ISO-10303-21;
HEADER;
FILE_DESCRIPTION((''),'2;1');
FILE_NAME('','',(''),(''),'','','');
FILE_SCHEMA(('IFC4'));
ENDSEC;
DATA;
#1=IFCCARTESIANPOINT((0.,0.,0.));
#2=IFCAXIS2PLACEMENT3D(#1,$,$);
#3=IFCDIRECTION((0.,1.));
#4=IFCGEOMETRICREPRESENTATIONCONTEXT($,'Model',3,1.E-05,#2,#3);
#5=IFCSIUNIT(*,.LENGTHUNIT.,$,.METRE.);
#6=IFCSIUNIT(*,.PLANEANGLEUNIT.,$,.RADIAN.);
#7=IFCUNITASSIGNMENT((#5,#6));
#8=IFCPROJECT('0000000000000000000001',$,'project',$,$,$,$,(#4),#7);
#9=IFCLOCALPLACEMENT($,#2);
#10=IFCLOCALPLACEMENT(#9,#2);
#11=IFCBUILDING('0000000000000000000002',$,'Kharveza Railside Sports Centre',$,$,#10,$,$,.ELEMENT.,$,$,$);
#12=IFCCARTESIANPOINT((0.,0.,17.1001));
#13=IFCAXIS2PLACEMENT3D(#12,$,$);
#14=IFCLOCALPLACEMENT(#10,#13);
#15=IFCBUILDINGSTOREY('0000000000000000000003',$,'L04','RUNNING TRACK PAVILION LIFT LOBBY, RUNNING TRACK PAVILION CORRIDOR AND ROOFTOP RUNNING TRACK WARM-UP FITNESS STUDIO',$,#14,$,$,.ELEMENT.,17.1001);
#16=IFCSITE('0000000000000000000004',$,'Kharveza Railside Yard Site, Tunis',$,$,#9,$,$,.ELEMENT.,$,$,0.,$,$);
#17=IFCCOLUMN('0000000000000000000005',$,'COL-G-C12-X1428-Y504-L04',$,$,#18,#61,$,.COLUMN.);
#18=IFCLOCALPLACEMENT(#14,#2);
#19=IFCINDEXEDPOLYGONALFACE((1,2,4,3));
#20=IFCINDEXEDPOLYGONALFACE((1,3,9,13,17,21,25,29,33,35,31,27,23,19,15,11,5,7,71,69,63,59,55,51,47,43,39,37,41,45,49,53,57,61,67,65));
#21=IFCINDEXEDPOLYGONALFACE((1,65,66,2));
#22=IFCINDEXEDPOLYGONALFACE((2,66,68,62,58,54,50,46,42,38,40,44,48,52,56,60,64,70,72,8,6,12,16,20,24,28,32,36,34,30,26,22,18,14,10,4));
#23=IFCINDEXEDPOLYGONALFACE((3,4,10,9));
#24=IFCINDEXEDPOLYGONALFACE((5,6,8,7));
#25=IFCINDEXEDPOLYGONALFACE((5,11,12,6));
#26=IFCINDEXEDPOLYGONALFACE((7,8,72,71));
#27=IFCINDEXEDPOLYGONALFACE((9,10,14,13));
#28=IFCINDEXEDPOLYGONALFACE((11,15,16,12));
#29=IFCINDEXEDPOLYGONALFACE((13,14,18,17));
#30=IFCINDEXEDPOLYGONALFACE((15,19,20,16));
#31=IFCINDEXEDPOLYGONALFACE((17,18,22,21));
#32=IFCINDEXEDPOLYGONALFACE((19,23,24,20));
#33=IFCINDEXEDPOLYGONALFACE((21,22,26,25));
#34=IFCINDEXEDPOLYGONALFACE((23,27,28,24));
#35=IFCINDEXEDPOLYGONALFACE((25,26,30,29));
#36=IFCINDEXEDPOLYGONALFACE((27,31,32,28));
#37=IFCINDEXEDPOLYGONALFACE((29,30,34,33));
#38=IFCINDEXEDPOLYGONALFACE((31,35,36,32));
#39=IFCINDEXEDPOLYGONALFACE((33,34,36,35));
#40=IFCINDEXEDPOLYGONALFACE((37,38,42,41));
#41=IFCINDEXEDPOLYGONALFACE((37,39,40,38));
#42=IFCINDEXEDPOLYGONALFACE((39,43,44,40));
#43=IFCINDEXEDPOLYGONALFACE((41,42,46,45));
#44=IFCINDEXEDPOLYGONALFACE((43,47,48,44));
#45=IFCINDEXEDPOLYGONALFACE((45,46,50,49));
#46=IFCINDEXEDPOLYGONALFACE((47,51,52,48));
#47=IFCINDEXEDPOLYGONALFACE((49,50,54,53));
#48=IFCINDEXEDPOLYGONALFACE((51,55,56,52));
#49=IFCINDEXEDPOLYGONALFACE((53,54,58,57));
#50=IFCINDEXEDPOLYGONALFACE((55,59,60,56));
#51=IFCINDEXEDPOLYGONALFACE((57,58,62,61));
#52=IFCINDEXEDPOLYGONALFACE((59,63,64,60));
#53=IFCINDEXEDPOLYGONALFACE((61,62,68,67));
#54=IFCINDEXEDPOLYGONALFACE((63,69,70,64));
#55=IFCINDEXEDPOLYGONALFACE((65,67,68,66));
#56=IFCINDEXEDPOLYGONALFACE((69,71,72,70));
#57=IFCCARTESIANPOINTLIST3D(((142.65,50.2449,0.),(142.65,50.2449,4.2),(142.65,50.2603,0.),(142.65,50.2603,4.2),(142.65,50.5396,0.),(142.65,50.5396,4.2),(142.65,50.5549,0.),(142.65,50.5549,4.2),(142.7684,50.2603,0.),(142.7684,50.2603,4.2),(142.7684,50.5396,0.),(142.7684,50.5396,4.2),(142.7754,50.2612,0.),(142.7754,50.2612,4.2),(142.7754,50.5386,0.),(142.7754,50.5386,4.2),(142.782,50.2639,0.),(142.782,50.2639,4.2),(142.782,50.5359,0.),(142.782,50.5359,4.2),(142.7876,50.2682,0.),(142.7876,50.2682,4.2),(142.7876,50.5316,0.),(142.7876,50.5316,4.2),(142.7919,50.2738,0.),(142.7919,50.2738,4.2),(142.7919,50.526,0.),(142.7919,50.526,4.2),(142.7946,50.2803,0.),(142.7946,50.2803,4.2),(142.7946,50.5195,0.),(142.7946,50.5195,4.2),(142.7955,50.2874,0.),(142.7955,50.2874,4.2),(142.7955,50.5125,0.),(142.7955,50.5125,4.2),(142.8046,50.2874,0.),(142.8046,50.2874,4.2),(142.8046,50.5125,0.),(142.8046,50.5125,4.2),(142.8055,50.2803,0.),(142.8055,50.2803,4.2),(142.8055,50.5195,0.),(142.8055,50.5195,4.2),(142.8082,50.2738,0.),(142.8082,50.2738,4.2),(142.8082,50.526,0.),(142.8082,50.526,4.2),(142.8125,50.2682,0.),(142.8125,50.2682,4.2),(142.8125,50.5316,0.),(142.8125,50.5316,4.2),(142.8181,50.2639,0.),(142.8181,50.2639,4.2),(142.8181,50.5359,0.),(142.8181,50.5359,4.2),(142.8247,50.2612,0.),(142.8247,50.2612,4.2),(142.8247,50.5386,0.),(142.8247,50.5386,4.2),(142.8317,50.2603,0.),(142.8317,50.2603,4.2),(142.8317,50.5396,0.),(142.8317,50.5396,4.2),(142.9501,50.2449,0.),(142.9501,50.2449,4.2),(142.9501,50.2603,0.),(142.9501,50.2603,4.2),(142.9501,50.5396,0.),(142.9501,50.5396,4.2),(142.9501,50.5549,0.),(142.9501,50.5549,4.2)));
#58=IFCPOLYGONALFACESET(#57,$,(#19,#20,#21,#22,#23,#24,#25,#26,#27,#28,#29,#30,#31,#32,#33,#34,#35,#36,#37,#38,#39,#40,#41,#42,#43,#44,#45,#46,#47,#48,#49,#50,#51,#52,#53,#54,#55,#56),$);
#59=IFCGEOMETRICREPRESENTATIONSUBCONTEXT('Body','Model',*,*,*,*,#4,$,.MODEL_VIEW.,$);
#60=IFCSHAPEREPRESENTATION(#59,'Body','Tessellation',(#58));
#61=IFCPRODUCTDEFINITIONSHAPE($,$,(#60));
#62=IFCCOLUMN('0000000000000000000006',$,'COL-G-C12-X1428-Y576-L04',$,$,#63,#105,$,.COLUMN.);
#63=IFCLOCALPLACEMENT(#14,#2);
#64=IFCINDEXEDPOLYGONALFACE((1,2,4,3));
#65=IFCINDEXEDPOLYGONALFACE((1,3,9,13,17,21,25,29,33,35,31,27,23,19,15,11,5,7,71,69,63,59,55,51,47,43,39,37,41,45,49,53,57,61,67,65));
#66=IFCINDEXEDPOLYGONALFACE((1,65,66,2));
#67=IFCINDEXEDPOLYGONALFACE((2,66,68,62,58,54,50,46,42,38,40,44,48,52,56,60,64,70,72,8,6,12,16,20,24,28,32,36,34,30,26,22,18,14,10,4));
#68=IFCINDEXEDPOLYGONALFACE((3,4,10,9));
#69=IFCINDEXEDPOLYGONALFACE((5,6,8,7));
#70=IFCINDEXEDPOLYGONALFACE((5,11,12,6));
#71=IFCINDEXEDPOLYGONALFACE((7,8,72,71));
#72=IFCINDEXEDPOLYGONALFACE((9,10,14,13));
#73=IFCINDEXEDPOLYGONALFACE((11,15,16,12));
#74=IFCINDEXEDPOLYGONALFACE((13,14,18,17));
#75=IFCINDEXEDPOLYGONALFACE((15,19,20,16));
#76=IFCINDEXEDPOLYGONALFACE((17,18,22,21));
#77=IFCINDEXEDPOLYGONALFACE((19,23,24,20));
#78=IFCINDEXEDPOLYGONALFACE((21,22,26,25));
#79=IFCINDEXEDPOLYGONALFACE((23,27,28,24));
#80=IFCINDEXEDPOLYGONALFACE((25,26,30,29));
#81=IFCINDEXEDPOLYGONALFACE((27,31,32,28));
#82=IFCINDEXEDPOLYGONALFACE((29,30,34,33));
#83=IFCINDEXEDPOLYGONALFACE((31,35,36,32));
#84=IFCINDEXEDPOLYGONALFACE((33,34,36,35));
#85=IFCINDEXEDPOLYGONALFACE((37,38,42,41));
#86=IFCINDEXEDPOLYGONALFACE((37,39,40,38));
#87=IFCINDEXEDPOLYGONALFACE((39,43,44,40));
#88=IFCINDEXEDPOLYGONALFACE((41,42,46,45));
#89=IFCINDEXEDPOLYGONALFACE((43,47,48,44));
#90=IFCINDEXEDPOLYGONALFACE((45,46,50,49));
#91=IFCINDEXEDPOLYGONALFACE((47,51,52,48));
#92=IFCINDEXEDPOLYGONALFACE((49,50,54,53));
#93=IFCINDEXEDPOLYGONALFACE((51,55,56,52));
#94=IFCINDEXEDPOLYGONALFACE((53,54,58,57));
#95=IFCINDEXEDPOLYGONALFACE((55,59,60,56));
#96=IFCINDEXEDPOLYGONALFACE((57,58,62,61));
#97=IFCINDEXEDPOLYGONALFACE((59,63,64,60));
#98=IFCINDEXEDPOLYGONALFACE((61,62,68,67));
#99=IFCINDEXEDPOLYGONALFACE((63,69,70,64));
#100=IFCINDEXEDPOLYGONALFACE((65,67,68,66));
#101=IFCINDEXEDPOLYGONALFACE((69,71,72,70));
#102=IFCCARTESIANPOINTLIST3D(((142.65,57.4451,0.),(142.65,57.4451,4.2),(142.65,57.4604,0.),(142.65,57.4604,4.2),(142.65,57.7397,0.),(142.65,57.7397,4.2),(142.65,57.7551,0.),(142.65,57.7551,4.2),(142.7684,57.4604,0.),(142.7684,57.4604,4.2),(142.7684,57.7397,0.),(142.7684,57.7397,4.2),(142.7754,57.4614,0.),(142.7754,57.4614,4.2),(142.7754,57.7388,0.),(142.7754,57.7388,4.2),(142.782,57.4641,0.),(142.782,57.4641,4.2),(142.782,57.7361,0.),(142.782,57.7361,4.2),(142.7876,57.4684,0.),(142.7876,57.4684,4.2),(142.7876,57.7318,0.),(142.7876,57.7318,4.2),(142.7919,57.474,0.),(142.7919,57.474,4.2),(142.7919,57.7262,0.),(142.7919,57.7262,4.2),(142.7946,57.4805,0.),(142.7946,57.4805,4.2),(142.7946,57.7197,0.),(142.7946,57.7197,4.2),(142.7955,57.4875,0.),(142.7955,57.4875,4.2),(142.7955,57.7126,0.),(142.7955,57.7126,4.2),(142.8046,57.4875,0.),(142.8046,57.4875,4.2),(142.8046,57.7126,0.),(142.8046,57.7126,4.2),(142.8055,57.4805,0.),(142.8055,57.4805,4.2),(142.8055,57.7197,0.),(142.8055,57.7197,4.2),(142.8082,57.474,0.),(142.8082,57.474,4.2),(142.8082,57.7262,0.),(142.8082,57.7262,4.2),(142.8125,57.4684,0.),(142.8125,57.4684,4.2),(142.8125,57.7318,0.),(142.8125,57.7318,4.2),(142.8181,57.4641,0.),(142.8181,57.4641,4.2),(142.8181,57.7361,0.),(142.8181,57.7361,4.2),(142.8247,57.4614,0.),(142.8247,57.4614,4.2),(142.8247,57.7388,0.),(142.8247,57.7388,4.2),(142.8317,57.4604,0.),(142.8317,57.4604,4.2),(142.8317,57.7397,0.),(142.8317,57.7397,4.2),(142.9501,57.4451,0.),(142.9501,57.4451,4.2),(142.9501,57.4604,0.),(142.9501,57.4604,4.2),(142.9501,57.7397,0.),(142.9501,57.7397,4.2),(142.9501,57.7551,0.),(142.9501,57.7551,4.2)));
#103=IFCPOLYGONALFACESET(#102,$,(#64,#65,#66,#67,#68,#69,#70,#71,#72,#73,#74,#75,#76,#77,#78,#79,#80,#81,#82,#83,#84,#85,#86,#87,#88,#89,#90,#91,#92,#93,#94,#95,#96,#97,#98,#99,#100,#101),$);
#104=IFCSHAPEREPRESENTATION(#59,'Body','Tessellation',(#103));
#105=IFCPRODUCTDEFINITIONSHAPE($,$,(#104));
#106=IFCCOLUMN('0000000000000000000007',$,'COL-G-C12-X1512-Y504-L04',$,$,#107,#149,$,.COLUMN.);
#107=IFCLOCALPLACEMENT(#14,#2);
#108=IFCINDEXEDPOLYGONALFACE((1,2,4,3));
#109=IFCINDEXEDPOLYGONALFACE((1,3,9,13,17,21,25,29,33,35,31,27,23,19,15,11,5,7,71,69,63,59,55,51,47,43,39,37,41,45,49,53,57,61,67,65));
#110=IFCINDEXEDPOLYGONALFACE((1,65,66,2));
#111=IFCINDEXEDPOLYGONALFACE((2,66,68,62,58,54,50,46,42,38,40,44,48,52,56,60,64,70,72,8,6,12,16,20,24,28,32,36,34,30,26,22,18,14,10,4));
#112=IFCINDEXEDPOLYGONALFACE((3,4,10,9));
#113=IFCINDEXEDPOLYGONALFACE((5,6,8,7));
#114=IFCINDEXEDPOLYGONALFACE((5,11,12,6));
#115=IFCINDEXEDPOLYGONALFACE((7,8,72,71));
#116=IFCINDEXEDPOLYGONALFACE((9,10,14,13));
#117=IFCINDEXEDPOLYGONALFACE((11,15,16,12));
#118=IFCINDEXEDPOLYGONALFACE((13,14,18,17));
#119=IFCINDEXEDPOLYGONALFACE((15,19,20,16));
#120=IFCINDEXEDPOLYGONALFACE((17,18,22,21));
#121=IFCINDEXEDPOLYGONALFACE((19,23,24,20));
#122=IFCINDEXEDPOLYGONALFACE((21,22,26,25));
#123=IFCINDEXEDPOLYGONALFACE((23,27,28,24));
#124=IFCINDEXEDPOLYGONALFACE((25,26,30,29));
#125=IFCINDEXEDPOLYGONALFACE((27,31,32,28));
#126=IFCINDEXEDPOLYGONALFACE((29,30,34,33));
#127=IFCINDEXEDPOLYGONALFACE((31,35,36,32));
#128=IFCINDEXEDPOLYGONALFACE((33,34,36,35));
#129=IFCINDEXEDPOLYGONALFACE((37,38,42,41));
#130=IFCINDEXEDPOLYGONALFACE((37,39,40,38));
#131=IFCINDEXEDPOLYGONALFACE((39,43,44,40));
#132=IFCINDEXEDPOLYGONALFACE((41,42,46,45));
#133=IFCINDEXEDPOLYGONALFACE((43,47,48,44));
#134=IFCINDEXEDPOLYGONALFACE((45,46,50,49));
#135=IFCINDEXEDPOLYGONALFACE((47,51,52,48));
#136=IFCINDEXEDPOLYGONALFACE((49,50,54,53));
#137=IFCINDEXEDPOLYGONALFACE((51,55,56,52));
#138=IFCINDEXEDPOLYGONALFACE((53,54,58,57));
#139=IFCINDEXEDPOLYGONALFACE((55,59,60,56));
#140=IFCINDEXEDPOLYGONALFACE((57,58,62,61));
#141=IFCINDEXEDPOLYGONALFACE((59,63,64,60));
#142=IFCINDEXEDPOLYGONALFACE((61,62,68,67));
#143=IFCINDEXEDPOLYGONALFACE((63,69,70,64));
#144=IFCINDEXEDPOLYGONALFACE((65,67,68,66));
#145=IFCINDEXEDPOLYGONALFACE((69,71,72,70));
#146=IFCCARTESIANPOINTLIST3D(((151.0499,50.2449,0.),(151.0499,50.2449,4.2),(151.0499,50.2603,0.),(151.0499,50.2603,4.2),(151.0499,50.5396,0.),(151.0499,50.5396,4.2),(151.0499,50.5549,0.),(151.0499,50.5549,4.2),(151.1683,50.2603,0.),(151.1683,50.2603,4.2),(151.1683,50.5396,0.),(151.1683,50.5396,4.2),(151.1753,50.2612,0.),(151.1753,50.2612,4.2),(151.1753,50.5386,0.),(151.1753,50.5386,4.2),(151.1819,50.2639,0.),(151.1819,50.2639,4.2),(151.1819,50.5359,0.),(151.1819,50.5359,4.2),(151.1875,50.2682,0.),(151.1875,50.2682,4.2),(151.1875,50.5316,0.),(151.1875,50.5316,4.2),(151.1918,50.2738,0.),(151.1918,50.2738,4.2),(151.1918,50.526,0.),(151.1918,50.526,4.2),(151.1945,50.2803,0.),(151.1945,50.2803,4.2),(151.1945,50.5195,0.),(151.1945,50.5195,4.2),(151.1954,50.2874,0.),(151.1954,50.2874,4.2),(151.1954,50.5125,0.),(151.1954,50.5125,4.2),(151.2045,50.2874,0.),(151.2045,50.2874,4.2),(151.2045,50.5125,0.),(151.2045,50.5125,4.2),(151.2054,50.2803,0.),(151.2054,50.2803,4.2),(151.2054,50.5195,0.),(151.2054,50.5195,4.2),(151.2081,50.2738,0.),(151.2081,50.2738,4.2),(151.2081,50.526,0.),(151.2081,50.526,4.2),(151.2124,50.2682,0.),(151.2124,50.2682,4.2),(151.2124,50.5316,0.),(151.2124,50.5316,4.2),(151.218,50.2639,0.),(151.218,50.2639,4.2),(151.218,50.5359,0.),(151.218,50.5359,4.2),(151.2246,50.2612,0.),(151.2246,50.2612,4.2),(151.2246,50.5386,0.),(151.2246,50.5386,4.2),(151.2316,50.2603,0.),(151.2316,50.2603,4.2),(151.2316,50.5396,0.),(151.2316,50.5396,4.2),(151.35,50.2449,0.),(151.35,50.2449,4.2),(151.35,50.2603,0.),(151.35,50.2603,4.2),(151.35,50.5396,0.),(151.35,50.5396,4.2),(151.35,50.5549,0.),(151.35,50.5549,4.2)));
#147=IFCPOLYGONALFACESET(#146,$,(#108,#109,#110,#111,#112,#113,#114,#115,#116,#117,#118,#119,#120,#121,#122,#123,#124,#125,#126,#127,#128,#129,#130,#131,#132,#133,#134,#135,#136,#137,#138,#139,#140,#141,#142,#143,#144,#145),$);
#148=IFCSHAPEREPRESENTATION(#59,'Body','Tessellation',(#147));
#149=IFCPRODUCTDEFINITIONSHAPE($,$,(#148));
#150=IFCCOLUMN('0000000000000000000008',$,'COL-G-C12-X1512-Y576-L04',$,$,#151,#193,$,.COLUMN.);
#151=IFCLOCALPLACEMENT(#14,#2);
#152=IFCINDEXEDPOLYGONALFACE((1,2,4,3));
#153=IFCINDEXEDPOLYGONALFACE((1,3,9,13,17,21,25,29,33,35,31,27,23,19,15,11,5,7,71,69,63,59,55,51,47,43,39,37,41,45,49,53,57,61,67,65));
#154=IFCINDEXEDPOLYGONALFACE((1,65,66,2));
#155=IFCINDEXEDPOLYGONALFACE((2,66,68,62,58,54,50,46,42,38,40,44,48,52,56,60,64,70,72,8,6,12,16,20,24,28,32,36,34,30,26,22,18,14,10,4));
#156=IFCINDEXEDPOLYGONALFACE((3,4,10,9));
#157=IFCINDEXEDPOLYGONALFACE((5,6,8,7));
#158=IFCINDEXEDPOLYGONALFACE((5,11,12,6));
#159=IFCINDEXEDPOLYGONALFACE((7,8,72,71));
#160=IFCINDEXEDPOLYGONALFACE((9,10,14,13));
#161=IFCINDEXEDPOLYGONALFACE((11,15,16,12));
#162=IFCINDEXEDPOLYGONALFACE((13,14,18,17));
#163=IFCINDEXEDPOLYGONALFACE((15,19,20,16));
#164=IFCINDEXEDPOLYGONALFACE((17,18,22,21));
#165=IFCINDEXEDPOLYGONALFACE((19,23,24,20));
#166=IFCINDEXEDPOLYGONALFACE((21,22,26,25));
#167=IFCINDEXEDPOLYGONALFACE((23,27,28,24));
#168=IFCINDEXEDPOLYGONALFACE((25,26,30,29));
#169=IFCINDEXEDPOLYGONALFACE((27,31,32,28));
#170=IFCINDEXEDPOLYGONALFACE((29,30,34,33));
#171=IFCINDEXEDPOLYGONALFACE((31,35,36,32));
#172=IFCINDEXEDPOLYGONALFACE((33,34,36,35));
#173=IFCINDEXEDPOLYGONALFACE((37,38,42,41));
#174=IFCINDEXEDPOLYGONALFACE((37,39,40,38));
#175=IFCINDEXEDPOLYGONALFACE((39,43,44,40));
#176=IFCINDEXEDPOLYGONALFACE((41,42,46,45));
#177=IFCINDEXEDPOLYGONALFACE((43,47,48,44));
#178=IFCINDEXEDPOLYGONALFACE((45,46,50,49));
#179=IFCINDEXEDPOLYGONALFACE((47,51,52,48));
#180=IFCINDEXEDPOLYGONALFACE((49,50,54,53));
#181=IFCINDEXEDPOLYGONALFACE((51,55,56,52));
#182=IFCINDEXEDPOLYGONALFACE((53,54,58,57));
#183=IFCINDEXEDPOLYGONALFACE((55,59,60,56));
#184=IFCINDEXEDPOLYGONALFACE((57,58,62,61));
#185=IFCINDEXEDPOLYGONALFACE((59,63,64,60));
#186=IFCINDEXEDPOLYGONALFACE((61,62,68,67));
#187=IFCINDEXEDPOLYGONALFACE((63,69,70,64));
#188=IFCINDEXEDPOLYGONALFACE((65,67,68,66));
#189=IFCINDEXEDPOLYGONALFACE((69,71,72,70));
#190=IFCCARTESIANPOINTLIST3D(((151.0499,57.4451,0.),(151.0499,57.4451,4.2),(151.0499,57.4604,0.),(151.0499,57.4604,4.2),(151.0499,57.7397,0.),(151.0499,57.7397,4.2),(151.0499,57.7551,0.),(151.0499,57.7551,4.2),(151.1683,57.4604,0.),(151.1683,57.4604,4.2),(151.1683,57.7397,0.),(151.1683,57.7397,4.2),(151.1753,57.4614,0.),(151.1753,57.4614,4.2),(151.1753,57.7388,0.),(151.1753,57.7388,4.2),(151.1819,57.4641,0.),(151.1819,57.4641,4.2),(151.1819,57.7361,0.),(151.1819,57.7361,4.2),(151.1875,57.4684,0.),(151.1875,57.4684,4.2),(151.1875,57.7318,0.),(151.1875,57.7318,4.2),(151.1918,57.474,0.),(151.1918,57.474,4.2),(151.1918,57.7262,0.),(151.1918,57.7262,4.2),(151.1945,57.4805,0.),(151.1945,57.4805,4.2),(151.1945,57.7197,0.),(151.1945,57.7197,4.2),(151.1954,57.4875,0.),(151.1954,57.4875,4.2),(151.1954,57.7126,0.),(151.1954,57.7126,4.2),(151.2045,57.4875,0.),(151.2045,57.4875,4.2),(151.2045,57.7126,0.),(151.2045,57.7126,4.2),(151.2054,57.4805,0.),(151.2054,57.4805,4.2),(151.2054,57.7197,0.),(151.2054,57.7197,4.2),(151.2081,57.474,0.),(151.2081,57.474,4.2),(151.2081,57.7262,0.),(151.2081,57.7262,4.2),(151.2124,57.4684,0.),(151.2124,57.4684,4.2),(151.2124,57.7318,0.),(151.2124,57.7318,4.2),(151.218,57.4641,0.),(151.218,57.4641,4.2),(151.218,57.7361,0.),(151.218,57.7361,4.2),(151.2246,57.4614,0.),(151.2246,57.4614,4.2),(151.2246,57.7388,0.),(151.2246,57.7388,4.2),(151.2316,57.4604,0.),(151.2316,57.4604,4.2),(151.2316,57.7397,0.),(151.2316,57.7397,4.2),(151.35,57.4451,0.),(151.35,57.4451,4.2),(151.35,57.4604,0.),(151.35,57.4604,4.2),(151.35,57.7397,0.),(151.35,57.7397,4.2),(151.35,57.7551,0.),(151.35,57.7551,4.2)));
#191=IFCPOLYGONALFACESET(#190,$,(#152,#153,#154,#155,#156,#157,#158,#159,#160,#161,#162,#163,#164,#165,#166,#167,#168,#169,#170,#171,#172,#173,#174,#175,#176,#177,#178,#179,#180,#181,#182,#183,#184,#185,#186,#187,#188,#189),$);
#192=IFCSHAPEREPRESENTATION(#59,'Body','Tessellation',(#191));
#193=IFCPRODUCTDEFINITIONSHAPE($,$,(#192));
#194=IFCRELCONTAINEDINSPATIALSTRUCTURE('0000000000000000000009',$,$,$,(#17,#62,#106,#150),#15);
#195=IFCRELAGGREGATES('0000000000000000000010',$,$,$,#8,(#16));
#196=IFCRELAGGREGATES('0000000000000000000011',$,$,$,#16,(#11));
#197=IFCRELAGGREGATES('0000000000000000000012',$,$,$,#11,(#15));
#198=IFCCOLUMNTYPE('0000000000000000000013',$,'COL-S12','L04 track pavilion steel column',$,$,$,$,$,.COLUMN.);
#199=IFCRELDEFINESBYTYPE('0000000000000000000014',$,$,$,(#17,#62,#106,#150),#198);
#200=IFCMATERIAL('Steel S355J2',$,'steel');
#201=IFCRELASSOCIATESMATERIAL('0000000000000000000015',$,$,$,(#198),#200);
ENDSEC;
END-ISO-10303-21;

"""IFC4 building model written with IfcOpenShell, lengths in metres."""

from ifc_helpers import new_model, si_unit, direction, frame, origin, origin_2d, place, context, subcontext, project, spatial, i_section, extrude, material, material_profile, profile_set, type_object, element, save


model = new_model("IFC4")

# Units and contexts
model_context = context("Model", 3, precision=1e-05, world=origin(), true_north=direction((0.0, 1.0)))
body_context = subcontext(model_context, "Body", "Model", "MODEL_VIEW")
ifc_project = project(units=[si_unit("LENGTHUNIT", "METRE"), si_unit("PLANEANGLEUNIT", "RADIAN")], contexts=[model_context])

# Site, building, storey
site_placement = place(None, origin())
site = spatial("IfcSite", under=ifc_project, at=site_placement, Name="Kharveza Railside Yard Site, Tunis", CompositionType="ELEMENT", RefElevation=0.0)
building_placement = place(site_placement, origin())
building = spatial("IfcBuilding", under=site, at=building_placement, Name="Kharveza Railside Sports Centre", CompositionType="ELEMENT")
storey_placement = place(building_placement, frame((0.0, 0.0, 17.1001)))
storey = spatial("IfcBuildingStorey", under=building, at=storey_placement, Name="L04", Description="RUNNING TRACK PAVILION LIFT LOBBY, RUNNING TRACK PAVILION CORRIDOR AND ROOFTOP RUNNING TRACK WARM-UP FITNESS STUDIO", CompositionType="ELEMENT", Elevation=17.1001)

# Columns
ifc_material_1 = material(Name="Steel S355J2", Category="steel")
ifc_material_profile_1 = material_profile(ifc_material_1, i_section(OverallWidth=0.3, OverallDepth=0.3101, WebThickness=0.009, FlangeThickness=0.0154, FilletRadius=0.0271, at=origin_2d()), Name="HEA 320")
ifc_profile_set_1 = profile_set([ifc_material_profile_1], Name="Steel S355J2")
column_type = type_object("IfcColumnType", Name="COL-S12", Description="L04 track pavilion steel column", PredefinedType="COLUMN", material=ifc_profile_set_1)
for number, where, z_axis, x_axis, name in (
    (1, (142.8, 50.3999, 0.0), (0.0, 0.0, 1.0), (1.0, 0.0, 0.0), "COL-G-C12-X1428-Y504-L04"),
    (2, (142.8, 57.6001, 0.0), (0.0, 0.0, 1.0), (1.0, 0.0, 0.0), "COL-G-C12-X1428-Y576-L04"),
    (3, (151.2, 50.3999, 0.0), (0.0, 0.0, 1.0), (1.0, 0.0, 0.0), "COL-G-C12-X1512-Y504-L04"),
    (4, (151.2, 57.6001, 0.0), (0.0, 0.0, 1.0), (1.0, 0.0, 0.0), "COL-G-C12-X1512-Y576-L04"),
):
    element("IfcColumn", number, at=place(storey_placement, frame(where, z_axis=z_axis, x_axis=x_axis)), inside=storey, type_object=column_type, Name=name, PredefinedType="COLUMN", context=body_context, shape_type="SweptSolid", body=[
        extrude(i_section(OverallWidth=0.3, OverallDepth=0.3101, WebThickness=0.009, FlangeThickness=0.0154, FilletRadius=0.0271, at=origin_2d()), origin(), (0.0, 0.0, 1.0), 4.2),
    ])

save(model, "model.ifc")
